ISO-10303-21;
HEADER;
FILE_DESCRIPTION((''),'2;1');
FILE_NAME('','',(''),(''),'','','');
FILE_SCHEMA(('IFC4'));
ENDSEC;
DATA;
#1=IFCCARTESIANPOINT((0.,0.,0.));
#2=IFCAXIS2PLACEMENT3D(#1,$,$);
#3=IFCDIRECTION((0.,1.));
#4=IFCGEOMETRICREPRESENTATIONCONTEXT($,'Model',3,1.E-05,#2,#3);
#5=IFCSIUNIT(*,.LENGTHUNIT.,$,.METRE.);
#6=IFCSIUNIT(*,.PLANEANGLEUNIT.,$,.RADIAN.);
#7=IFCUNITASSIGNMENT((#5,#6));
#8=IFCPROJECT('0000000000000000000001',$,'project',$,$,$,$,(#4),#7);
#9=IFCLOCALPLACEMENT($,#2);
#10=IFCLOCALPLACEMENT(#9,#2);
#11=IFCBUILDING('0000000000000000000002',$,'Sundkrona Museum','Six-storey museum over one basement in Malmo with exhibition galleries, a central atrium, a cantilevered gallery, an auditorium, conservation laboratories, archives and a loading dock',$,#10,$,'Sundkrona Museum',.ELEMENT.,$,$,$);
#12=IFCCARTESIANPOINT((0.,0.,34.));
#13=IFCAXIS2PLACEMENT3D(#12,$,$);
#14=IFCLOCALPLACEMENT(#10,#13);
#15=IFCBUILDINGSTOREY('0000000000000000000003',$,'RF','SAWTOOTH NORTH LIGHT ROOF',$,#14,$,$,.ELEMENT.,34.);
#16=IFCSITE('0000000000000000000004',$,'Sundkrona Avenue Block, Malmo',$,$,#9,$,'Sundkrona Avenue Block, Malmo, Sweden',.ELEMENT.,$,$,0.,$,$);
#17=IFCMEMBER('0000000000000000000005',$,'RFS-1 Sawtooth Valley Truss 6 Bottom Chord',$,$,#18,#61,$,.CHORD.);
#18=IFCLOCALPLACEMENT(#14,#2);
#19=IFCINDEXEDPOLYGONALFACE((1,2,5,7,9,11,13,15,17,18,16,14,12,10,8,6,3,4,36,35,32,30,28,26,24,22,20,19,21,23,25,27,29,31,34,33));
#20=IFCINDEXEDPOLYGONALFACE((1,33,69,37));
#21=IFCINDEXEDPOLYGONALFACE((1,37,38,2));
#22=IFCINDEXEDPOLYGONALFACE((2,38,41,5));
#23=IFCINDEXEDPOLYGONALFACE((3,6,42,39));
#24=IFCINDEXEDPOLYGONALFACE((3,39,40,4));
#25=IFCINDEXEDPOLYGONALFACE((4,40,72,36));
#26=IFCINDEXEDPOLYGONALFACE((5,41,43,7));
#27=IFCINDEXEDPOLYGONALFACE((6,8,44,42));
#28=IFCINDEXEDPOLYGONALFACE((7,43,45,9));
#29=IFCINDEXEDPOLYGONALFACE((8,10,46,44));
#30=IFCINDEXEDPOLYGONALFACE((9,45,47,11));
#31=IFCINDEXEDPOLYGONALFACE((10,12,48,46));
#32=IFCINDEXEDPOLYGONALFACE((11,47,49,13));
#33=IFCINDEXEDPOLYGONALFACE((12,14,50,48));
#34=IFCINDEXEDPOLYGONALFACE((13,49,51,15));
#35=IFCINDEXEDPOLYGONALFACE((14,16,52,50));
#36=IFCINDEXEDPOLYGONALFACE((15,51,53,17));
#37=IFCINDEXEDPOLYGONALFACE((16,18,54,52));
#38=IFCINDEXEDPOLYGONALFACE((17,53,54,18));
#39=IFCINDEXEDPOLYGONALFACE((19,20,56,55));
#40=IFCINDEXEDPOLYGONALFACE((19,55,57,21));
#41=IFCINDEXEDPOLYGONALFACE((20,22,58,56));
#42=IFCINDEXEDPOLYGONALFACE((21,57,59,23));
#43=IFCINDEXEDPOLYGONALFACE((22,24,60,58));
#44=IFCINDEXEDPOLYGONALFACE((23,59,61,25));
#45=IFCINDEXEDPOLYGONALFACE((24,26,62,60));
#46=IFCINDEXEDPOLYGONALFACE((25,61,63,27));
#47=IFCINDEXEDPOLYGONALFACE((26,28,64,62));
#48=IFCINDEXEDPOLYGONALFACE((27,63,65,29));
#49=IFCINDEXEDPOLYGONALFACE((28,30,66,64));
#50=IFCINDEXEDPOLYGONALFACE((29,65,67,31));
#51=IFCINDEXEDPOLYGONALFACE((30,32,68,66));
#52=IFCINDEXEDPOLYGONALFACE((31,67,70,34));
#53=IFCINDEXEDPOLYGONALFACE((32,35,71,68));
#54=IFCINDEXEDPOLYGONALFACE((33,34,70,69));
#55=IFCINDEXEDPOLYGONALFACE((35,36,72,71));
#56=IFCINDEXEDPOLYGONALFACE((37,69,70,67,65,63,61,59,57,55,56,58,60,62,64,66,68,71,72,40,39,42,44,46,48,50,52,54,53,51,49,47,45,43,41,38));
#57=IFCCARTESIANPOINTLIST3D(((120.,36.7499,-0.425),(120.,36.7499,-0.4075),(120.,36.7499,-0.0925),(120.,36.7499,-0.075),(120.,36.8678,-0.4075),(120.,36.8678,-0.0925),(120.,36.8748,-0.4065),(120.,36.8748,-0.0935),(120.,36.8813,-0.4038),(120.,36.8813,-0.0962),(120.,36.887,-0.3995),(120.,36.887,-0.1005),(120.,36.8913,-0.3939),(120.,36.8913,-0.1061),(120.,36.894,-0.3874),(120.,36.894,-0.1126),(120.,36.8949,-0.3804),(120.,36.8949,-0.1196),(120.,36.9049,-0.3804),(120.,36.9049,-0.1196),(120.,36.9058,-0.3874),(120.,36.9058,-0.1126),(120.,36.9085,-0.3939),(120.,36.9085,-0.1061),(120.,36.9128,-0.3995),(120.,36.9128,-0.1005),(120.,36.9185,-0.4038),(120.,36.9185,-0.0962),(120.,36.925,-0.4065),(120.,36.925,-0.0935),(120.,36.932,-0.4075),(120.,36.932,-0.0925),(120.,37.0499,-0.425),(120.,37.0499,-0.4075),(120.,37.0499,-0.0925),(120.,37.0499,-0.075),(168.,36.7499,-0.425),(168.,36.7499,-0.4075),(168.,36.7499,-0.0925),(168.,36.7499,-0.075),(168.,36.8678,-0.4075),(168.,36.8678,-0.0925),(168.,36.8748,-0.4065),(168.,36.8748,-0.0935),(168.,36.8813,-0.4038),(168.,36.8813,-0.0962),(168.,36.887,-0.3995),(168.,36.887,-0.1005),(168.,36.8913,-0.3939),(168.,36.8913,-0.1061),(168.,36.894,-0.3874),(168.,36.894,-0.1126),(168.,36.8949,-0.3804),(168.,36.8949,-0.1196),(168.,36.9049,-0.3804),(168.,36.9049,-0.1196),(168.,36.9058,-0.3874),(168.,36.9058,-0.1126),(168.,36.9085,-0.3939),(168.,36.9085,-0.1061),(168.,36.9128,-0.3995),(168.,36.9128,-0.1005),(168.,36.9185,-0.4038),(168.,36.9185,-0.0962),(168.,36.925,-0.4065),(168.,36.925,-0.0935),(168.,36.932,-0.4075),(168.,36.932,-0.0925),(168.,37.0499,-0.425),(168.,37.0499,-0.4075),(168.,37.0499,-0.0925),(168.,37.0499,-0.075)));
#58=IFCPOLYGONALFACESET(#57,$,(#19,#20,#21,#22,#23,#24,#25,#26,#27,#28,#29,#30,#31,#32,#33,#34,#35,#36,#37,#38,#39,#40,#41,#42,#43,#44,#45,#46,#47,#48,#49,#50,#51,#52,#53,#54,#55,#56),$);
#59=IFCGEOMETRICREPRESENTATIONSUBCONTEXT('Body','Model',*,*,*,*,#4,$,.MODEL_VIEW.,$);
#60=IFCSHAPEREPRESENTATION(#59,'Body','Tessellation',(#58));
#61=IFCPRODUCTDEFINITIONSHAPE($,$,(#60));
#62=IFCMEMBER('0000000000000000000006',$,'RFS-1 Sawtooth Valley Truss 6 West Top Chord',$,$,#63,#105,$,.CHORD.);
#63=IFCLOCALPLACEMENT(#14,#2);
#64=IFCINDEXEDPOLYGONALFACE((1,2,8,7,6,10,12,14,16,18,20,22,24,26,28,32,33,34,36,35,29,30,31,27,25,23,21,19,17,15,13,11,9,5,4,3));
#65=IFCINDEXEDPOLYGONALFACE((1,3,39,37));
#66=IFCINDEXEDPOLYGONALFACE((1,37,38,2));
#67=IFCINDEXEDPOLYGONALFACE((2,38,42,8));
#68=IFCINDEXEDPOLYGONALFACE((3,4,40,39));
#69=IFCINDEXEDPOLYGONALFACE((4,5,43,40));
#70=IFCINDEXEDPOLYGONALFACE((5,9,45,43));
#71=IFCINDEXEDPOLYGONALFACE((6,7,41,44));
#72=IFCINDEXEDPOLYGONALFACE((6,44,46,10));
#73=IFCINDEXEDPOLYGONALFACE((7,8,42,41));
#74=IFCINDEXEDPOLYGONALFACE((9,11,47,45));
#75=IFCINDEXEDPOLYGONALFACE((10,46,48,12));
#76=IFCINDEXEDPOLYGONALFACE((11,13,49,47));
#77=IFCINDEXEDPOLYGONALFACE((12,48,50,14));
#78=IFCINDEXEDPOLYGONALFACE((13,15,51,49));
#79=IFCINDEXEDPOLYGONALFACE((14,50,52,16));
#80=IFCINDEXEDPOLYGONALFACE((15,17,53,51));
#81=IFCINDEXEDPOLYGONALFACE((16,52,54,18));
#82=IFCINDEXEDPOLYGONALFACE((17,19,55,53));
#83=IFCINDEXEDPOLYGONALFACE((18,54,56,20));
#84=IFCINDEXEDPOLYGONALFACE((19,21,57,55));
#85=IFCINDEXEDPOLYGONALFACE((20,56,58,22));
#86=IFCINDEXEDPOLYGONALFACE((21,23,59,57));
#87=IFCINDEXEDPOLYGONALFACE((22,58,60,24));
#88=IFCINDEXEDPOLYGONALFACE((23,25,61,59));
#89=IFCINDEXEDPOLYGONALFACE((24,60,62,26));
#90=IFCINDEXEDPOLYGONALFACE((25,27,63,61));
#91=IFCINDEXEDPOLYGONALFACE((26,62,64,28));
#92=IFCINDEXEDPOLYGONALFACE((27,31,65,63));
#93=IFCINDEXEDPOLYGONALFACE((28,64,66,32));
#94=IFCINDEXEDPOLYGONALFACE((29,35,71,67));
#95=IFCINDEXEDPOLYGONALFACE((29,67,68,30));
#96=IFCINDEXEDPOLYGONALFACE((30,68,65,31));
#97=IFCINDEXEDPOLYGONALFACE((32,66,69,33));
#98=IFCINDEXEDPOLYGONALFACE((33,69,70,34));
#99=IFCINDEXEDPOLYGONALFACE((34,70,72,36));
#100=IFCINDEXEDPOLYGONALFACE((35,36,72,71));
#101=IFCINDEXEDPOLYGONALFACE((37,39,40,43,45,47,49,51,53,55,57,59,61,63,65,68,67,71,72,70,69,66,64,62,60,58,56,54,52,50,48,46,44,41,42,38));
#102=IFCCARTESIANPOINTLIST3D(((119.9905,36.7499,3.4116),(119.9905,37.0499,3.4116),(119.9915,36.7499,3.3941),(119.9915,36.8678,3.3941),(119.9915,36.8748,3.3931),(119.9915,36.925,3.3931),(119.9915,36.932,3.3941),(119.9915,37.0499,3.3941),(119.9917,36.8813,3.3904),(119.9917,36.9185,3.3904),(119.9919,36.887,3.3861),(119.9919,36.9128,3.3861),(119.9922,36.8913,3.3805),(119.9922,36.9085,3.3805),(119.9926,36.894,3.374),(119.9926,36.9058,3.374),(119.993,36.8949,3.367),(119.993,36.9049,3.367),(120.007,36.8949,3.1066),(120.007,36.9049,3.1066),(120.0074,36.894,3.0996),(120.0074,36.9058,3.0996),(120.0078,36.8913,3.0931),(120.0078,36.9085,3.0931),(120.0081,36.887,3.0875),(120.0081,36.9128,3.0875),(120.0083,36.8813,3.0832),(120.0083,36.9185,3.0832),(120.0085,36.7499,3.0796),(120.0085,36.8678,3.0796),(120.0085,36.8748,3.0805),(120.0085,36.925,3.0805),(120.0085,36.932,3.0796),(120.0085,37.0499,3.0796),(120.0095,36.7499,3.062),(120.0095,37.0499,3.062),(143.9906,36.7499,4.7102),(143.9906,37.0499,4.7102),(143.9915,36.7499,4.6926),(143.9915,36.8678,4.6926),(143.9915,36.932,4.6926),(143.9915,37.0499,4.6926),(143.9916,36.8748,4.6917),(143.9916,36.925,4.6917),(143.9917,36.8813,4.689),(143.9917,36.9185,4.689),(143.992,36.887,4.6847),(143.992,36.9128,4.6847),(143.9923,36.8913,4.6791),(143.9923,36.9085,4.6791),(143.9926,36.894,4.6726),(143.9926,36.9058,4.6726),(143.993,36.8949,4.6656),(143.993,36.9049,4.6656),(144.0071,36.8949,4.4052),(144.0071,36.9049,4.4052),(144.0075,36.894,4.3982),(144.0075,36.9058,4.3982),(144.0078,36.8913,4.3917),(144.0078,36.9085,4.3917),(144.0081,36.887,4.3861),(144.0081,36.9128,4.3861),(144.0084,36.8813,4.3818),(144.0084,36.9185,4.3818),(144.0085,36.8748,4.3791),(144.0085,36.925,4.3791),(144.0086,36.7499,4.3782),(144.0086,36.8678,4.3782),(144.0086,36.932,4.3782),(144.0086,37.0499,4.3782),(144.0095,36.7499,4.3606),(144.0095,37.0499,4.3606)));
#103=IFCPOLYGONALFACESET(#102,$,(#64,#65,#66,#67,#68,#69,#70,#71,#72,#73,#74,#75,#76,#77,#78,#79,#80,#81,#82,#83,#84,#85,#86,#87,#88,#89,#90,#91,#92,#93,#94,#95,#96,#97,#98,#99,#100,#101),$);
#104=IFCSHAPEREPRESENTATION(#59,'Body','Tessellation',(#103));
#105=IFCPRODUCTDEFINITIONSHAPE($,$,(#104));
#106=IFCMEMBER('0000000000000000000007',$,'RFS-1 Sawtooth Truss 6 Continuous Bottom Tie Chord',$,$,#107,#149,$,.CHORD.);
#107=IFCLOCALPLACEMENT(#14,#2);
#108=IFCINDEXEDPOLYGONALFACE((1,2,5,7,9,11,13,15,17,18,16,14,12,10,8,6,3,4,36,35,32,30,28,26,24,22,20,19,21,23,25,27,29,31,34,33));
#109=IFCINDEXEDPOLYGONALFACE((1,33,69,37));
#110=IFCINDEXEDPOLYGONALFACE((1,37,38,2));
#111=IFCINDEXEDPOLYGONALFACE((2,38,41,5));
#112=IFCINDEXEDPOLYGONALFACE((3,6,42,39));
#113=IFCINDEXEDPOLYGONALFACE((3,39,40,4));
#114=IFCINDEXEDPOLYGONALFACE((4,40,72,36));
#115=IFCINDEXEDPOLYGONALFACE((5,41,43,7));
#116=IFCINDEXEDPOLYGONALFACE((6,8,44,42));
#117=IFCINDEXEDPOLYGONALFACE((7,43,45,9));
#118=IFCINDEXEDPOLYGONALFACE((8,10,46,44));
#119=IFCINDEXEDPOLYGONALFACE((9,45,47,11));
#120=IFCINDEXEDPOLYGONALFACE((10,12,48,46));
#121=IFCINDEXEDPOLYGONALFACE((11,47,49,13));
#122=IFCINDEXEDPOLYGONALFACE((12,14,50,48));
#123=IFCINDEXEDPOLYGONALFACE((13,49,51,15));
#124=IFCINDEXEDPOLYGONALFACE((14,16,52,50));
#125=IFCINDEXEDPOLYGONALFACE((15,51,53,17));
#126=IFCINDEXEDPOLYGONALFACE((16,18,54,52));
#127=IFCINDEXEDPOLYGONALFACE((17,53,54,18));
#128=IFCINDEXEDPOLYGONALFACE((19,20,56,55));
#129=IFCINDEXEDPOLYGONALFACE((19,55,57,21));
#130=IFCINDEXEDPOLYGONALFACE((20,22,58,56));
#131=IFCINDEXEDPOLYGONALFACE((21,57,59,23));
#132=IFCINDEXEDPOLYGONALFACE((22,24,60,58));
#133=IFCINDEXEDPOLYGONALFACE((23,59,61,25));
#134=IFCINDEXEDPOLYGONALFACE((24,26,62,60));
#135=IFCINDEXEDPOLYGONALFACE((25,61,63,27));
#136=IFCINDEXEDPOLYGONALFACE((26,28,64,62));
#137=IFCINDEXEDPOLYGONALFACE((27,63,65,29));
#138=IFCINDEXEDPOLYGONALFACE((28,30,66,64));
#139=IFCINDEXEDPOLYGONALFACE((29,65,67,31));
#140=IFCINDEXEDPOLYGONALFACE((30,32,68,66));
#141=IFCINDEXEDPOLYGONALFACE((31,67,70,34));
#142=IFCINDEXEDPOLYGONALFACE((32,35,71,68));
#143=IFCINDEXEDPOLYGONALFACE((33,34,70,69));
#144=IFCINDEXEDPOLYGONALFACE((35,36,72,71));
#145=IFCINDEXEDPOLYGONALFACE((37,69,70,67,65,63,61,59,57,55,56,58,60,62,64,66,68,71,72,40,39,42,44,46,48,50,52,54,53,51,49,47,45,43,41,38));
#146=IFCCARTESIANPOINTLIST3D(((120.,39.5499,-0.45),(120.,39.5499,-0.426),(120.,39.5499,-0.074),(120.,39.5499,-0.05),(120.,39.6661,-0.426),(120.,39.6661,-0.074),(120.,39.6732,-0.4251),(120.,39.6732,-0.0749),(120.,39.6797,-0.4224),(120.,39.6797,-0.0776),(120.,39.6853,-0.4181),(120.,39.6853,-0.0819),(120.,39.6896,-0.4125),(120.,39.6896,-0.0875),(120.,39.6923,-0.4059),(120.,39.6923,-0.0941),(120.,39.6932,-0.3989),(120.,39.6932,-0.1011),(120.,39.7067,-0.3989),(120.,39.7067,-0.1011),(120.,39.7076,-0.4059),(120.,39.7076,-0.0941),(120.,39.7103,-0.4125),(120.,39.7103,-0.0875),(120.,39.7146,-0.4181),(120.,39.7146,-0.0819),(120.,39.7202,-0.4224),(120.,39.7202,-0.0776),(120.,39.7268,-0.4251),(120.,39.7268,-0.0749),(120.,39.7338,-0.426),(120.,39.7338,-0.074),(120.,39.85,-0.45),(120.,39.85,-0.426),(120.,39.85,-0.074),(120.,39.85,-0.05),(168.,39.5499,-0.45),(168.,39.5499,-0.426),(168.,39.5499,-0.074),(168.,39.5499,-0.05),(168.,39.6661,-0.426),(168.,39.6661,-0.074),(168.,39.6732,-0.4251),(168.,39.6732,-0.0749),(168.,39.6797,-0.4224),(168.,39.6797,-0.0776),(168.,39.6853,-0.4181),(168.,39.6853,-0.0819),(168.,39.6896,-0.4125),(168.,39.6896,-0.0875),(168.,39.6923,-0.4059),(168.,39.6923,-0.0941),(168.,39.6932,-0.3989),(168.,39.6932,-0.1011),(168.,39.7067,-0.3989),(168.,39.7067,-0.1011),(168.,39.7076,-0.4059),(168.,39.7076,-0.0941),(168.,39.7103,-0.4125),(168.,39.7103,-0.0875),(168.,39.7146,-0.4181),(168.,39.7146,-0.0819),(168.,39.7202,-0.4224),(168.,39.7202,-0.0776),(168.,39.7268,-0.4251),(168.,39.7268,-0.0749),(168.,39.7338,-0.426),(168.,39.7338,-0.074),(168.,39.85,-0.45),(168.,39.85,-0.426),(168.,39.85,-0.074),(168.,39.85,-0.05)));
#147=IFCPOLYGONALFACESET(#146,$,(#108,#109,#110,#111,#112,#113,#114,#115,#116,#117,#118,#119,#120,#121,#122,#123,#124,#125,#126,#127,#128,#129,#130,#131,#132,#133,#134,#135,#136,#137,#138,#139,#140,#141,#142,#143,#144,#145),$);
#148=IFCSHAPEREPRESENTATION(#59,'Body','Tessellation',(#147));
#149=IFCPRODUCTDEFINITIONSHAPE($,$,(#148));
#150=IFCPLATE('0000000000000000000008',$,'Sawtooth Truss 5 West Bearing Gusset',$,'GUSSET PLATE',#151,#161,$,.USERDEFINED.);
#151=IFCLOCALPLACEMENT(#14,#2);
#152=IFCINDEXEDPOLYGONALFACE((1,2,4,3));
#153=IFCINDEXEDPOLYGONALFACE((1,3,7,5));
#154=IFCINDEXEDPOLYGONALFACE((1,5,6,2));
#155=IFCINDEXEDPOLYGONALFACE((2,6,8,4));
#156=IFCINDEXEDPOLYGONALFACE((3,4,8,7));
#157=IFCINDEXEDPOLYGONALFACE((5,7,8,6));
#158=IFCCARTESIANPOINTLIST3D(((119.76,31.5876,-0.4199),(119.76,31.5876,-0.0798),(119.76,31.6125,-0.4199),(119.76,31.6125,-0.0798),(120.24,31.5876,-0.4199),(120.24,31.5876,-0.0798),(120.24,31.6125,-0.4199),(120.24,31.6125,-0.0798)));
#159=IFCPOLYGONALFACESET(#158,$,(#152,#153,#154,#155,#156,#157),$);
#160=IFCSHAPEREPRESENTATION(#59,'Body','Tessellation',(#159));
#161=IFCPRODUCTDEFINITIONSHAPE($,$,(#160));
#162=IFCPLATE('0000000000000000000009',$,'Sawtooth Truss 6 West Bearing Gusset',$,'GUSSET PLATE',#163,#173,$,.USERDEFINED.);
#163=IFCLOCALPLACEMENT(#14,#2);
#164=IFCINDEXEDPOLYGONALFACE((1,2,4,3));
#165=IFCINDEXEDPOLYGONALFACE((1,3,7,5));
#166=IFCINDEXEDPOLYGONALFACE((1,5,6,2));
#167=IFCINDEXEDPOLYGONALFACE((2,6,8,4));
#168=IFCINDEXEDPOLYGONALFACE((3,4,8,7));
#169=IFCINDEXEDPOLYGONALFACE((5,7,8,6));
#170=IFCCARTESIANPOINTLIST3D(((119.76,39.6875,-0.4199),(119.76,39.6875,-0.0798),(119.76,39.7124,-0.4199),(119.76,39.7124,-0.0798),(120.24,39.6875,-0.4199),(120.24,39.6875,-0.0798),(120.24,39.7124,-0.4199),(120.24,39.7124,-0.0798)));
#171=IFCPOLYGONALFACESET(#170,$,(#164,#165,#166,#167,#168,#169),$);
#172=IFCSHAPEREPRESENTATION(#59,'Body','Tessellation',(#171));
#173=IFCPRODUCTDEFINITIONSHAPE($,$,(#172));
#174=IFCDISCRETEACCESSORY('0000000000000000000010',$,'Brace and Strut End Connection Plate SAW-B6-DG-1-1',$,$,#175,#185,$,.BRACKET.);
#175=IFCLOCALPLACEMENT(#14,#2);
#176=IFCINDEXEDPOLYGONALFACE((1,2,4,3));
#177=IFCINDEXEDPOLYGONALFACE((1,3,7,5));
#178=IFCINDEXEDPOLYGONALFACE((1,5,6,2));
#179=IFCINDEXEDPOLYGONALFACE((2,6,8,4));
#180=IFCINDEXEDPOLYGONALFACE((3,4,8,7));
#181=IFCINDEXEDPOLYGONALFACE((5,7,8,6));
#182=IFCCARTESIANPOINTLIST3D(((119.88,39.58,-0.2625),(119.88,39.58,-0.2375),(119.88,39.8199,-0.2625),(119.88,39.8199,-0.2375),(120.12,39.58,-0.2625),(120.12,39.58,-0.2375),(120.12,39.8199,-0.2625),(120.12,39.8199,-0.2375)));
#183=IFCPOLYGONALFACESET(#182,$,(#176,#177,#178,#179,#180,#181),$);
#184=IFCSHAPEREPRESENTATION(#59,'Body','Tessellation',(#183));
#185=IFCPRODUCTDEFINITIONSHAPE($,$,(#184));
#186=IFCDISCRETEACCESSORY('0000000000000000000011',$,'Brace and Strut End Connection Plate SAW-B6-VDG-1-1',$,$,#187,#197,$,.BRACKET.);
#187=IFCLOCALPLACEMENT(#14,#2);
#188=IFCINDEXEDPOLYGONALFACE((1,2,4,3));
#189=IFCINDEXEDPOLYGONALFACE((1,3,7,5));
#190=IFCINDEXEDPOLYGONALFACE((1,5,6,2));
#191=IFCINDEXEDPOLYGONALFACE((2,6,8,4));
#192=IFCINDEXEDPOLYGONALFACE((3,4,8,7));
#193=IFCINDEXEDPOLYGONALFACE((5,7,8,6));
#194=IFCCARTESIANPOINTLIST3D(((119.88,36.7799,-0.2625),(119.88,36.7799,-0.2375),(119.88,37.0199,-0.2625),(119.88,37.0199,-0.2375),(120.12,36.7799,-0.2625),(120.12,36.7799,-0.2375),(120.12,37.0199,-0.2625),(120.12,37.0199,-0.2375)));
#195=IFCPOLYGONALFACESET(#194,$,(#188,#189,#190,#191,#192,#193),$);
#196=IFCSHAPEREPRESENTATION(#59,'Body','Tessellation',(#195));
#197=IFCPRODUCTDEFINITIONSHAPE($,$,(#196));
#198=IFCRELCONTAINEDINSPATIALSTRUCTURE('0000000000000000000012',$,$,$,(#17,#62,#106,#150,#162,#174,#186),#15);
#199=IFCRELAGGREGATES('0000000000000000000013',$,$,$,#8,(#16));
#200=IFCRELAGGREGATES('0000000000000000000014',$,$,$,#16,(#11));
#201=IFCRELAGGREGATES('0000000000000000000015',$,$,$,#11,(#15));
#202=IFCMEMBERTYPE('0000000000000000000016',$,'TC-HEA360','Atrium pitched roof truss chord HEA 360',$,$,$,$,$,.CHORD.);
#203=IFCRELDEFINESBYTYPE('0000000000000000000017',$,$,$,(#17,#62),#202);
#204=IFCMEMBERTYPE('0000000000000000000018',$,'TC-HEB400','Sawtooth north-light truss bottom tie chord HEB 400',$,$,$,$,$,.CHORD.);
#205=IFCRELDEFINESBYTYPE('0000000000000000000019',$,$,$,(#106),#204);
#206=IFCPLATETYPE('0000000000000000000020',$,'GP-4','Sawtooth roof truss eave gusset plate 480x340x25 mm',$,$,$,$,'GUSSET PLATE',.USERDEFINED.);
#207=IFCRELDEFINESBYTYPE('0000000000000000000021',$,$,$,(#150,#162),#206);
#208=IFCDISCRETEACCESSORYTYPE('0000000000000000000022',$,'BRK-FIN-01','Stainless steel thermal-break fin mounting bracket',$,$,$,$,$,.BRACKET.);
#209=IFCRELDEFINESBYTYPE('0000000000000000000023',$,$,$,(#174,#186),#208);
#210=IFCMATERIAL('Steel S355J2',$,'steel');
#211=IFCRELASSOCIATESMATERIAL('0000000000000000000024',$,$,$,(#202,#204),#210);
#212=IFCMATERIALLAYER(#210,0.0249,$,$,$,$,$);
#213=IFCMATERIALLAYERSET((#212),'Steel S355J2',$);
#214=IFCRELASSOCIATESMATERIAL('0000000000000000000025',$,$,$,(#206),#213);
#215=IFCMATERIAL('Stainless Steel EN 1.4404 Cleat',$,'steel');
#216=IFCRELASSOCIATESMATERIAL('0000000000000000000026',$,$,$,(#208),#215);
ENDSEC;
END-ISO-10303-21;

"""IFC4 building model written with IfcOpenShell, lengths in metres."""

from ifc_helpers import new_model, si_unit, direction, frame, origin, origin_2d, place, context, subcontext, project, spatial, rectangle, i_section, extrude, material, layer, layer_set, material_profile, profile_set, type_object, element, save


model = new_model("IFC4")

# Units and contexts
model_context = context("Model", 3, precision=1e-05, world=origin(), true_north=direction((0.0, 1.0)))
body_context = subcontext(model_context, "Body", "Model", "MODEL_VIEW")
ifc_project = project(units=[si_unit("LENGTHUNIT", "METRE"), si_unit("PLANEANGLEUNIT", "RADIAN")], contexts=[model_context])

# Site, building, storey
site_placement = place(None, origin())
site = spatial("IfcSite", under=ifc_project, at=site_placement, Name="Sundkrona Avenue Block, Malmo", LongName="Sundkrona Avenue Block, Malmo, Sweden", CompositionType="ELEMENT", RefElevation=0.0)
building_placement = place(site_placement, origin())
building = spatial("IfcBuilding", under=site, at=building_placement, Name="Sundkrona Museum", Description="Six-storey museum over one basement in Malmo with exhibition galleries, a central atrium, a cantilevered gallery, an auditorium, conservation laboratories, archives and a loading dock", LongName="Sundkrona Museum", CompositionType="ELEMENT")
storey_placement = place(building_placement, frame((0.0, 0.0, 34.0)))
storey = spatial("IfcBuildingStorey", under=building, at=storey_placement, Name="RF", Description="SAWTOOTH NORTH LIGHT ROOF", CompositionType="ELEMENT", Elevation=34.0)

# Members
ifc_material_1 = material(Name="Steel S355J2", Category="steel")
ifc_material_profile_1 = material_profile(ifc_material_1, i_section(OverallWidth=0.3, OverallDepth=0.3501, WebThickness=0.01, FlangeThickness=0.0176, FilletRadius=0.0271, at=origin_2d()), Name="HEA 360")
ifc_profile_set_1 = profile_set([ifc_material_profile_1], Name="Steel S355J2")
member_type_1 = type_object("IfcMemberType", Name="TC-HEA360", Description="Atrium pitched roof truss chord HEA 360", PredefinedType="CHORD", material=ifc_profile_set_1)
member_1_placement = place(storey_placement, frame((120.0, 36.8999, -0.25), z_axis=(1.0, 0.0, 0.0), x_axis=(0.0, 1.0, 0.0)))
element("IfcMember", 1, at=member_1_placement, inside=storey, type_object=member_type_1, Name="RFS-1 Sawtooth Valley Truss 6 Bottom Chord", PredefinedType="CHORD", context=body_context, shape_type="SweptSolid", body=[
    extrude(i_section(OverallWidth=0.3, OverallDepth=0.3501, WebThickness=0.01, FlangeThickness=0.0176, FilletRadius=0.0271, at=origin_2d()), origin(), (0.0, 0.0, 1.0), 48.0),
])
member_2_placement = place(storey_placement, frame((120.0, 36.8999, 3.2368), z_axis=(0.998539, 0.0, 0.054029), x_axis=(0.0, 1.0, 0.0)))
element("IfcMember", 2, at=member_2_placement, inside=storey, type_object=member_type_1, Name="RFS-1 Sawtooth Valley Truss 6 West Top Chord", PredefinedType="CHORD", context=body_context, shape_type="SweptSolid", body=[
    extrude(i_section(OverallWidth=0.3, OverallDepth=0.3501, WebThickness=0.01, FlangeThickness=0.0176, FilletRadius=0.0271, at=origin_2d()), origin(), (0.0, 0.0, 1.0), 24.0352),
])
ifc_material_profile_2 = material_profile(ifc_material_1, i_section(OverallWidth=0.3, OverallDepth=0.3999, WebThickness=0.0134, FlangeThickness=0.0239, FilletRadius=0.0271, at=origin_2d()), Name="HEB 400")
ifc_profile_set_2 = profile_set([ifc_material_profile_2], Name="Steel S355J2")
member_type_2 = type_object("IfcMemberType", Name="TC-HEB400", Description="Sawtooth north-light truss bottom tie chord HEB 400", PredefinedType="CHORD", material=ifc_profile_set_2)
member_3_placement = place(storey_placement, frame((120.0, 39.7, -0.25), z_axis=(1.0, 0.0, 0.0), x_axis=(0.0, 1.0, 0.0)))
element("IfcMember", 3, at=member_3_placement, inside=storey, type_object=member_type_2, Name="RFS-1 Sawtooth Truss 6 Continuous Bottom Tie Chord", PredefinedType="CHORD", context=body_context, shape_type="SweptSolid", body=[
    extrude(i_section(OverallWidth=0.3, OverallDepth=0.3999, WebThickness=0.0134, FlangeThickness=0.0239, FilletRadius=0.0271, at=origin_2d()), origin(), (0.0, 0.0, 1.0), 48.0),
])

# Plates
ifc_layer = layer(ifc_material_1, 0.0249)
ifc_layer_set = layer_set([ifc_layer], Name="Steel S355J2")
plate_type = type_object("IfcPlateType", Name="GP-4", Description="Sawtooth roof truss eave gusset plate 480x340x25 mm", ElementType="GUSSET PLATE", PredefinedType="USERDEFINED", material=ifc_layer_set)
for number, where, z_axis, x_axis, name in (
    (4, (120.0, 31.6001, -0.4199), (0.0, 0.0, 1.0), (1.0, 0.0, 0.0), "Sawtooth Truss 5 West Bearing Gusset"),
    (5, (120.0, 39.7, -0.4199), (0.0, 0.0, 1.0), (1.0, 0.0, 0.0), "Sawtooth Truss 6 West Bearing Gusset"),
):
    element("IfcPlate", number, at=place(storey_placement, frame(where, z_axis=z_axis, x_axis=x_axis)), inside=storey, type_object=plate_type, Name=name, ObjectType="GUSSET PLATE", PredefinedType="USERDEFINED", context=body_context, shape_type="SweptSolid", body=[
        extrude(rectangle(XDim=0.48, YDim=0.0249, at=origin_2d()), origin(), (0.0, 0.0, 1.0), 0.3401),
    ])

# Discrete accessories
ifc_material_2 = material(Name="Stainless Steel EN 1.4404 Cleat", Category="steel")
discrete_accessory_type = type_object("IfcDiscreteAccessoryType", Name="BRK-FIN-01", Description="Stainless steel thermal-break fin mounting bracket", PredefinedType="BRACKET", material=ifc_material_2)
for number, where, z_axis, x_axis, name in (
    (6, (120.0, 39.7, -0.2625), (0.0, 0.0, 1.0), (1.0, 0.0, 0.0), "Brace and Strut End Connection Plate SAW-B6-DG-1-1"),
    (7, (120.0, 36.8999, -0.2625), (0.0, 0.0, 1.0), (1.0, 0.0, 0.0), "Brace and Strut End Connection Plate SAW-B6-VDG-1-1"),
):
    element("IfcDiscreteAccessory", number, at=place(storey_placement, frame(where, z_axis=z_axis, x_axis=x_axis)), inside=storey, type_object=discrete_accessory_type, Name=name, PredefinedType="BRACKET", context=body_context, shape_type="SweptSolid", body=[
        extrude(rectangle(XDim=0.24, YDim=0.24, at=origin_2d()), origin(), (0.0, 0.0, 1.0), 0.0249),
    ])

save(model, "model.ifc")
